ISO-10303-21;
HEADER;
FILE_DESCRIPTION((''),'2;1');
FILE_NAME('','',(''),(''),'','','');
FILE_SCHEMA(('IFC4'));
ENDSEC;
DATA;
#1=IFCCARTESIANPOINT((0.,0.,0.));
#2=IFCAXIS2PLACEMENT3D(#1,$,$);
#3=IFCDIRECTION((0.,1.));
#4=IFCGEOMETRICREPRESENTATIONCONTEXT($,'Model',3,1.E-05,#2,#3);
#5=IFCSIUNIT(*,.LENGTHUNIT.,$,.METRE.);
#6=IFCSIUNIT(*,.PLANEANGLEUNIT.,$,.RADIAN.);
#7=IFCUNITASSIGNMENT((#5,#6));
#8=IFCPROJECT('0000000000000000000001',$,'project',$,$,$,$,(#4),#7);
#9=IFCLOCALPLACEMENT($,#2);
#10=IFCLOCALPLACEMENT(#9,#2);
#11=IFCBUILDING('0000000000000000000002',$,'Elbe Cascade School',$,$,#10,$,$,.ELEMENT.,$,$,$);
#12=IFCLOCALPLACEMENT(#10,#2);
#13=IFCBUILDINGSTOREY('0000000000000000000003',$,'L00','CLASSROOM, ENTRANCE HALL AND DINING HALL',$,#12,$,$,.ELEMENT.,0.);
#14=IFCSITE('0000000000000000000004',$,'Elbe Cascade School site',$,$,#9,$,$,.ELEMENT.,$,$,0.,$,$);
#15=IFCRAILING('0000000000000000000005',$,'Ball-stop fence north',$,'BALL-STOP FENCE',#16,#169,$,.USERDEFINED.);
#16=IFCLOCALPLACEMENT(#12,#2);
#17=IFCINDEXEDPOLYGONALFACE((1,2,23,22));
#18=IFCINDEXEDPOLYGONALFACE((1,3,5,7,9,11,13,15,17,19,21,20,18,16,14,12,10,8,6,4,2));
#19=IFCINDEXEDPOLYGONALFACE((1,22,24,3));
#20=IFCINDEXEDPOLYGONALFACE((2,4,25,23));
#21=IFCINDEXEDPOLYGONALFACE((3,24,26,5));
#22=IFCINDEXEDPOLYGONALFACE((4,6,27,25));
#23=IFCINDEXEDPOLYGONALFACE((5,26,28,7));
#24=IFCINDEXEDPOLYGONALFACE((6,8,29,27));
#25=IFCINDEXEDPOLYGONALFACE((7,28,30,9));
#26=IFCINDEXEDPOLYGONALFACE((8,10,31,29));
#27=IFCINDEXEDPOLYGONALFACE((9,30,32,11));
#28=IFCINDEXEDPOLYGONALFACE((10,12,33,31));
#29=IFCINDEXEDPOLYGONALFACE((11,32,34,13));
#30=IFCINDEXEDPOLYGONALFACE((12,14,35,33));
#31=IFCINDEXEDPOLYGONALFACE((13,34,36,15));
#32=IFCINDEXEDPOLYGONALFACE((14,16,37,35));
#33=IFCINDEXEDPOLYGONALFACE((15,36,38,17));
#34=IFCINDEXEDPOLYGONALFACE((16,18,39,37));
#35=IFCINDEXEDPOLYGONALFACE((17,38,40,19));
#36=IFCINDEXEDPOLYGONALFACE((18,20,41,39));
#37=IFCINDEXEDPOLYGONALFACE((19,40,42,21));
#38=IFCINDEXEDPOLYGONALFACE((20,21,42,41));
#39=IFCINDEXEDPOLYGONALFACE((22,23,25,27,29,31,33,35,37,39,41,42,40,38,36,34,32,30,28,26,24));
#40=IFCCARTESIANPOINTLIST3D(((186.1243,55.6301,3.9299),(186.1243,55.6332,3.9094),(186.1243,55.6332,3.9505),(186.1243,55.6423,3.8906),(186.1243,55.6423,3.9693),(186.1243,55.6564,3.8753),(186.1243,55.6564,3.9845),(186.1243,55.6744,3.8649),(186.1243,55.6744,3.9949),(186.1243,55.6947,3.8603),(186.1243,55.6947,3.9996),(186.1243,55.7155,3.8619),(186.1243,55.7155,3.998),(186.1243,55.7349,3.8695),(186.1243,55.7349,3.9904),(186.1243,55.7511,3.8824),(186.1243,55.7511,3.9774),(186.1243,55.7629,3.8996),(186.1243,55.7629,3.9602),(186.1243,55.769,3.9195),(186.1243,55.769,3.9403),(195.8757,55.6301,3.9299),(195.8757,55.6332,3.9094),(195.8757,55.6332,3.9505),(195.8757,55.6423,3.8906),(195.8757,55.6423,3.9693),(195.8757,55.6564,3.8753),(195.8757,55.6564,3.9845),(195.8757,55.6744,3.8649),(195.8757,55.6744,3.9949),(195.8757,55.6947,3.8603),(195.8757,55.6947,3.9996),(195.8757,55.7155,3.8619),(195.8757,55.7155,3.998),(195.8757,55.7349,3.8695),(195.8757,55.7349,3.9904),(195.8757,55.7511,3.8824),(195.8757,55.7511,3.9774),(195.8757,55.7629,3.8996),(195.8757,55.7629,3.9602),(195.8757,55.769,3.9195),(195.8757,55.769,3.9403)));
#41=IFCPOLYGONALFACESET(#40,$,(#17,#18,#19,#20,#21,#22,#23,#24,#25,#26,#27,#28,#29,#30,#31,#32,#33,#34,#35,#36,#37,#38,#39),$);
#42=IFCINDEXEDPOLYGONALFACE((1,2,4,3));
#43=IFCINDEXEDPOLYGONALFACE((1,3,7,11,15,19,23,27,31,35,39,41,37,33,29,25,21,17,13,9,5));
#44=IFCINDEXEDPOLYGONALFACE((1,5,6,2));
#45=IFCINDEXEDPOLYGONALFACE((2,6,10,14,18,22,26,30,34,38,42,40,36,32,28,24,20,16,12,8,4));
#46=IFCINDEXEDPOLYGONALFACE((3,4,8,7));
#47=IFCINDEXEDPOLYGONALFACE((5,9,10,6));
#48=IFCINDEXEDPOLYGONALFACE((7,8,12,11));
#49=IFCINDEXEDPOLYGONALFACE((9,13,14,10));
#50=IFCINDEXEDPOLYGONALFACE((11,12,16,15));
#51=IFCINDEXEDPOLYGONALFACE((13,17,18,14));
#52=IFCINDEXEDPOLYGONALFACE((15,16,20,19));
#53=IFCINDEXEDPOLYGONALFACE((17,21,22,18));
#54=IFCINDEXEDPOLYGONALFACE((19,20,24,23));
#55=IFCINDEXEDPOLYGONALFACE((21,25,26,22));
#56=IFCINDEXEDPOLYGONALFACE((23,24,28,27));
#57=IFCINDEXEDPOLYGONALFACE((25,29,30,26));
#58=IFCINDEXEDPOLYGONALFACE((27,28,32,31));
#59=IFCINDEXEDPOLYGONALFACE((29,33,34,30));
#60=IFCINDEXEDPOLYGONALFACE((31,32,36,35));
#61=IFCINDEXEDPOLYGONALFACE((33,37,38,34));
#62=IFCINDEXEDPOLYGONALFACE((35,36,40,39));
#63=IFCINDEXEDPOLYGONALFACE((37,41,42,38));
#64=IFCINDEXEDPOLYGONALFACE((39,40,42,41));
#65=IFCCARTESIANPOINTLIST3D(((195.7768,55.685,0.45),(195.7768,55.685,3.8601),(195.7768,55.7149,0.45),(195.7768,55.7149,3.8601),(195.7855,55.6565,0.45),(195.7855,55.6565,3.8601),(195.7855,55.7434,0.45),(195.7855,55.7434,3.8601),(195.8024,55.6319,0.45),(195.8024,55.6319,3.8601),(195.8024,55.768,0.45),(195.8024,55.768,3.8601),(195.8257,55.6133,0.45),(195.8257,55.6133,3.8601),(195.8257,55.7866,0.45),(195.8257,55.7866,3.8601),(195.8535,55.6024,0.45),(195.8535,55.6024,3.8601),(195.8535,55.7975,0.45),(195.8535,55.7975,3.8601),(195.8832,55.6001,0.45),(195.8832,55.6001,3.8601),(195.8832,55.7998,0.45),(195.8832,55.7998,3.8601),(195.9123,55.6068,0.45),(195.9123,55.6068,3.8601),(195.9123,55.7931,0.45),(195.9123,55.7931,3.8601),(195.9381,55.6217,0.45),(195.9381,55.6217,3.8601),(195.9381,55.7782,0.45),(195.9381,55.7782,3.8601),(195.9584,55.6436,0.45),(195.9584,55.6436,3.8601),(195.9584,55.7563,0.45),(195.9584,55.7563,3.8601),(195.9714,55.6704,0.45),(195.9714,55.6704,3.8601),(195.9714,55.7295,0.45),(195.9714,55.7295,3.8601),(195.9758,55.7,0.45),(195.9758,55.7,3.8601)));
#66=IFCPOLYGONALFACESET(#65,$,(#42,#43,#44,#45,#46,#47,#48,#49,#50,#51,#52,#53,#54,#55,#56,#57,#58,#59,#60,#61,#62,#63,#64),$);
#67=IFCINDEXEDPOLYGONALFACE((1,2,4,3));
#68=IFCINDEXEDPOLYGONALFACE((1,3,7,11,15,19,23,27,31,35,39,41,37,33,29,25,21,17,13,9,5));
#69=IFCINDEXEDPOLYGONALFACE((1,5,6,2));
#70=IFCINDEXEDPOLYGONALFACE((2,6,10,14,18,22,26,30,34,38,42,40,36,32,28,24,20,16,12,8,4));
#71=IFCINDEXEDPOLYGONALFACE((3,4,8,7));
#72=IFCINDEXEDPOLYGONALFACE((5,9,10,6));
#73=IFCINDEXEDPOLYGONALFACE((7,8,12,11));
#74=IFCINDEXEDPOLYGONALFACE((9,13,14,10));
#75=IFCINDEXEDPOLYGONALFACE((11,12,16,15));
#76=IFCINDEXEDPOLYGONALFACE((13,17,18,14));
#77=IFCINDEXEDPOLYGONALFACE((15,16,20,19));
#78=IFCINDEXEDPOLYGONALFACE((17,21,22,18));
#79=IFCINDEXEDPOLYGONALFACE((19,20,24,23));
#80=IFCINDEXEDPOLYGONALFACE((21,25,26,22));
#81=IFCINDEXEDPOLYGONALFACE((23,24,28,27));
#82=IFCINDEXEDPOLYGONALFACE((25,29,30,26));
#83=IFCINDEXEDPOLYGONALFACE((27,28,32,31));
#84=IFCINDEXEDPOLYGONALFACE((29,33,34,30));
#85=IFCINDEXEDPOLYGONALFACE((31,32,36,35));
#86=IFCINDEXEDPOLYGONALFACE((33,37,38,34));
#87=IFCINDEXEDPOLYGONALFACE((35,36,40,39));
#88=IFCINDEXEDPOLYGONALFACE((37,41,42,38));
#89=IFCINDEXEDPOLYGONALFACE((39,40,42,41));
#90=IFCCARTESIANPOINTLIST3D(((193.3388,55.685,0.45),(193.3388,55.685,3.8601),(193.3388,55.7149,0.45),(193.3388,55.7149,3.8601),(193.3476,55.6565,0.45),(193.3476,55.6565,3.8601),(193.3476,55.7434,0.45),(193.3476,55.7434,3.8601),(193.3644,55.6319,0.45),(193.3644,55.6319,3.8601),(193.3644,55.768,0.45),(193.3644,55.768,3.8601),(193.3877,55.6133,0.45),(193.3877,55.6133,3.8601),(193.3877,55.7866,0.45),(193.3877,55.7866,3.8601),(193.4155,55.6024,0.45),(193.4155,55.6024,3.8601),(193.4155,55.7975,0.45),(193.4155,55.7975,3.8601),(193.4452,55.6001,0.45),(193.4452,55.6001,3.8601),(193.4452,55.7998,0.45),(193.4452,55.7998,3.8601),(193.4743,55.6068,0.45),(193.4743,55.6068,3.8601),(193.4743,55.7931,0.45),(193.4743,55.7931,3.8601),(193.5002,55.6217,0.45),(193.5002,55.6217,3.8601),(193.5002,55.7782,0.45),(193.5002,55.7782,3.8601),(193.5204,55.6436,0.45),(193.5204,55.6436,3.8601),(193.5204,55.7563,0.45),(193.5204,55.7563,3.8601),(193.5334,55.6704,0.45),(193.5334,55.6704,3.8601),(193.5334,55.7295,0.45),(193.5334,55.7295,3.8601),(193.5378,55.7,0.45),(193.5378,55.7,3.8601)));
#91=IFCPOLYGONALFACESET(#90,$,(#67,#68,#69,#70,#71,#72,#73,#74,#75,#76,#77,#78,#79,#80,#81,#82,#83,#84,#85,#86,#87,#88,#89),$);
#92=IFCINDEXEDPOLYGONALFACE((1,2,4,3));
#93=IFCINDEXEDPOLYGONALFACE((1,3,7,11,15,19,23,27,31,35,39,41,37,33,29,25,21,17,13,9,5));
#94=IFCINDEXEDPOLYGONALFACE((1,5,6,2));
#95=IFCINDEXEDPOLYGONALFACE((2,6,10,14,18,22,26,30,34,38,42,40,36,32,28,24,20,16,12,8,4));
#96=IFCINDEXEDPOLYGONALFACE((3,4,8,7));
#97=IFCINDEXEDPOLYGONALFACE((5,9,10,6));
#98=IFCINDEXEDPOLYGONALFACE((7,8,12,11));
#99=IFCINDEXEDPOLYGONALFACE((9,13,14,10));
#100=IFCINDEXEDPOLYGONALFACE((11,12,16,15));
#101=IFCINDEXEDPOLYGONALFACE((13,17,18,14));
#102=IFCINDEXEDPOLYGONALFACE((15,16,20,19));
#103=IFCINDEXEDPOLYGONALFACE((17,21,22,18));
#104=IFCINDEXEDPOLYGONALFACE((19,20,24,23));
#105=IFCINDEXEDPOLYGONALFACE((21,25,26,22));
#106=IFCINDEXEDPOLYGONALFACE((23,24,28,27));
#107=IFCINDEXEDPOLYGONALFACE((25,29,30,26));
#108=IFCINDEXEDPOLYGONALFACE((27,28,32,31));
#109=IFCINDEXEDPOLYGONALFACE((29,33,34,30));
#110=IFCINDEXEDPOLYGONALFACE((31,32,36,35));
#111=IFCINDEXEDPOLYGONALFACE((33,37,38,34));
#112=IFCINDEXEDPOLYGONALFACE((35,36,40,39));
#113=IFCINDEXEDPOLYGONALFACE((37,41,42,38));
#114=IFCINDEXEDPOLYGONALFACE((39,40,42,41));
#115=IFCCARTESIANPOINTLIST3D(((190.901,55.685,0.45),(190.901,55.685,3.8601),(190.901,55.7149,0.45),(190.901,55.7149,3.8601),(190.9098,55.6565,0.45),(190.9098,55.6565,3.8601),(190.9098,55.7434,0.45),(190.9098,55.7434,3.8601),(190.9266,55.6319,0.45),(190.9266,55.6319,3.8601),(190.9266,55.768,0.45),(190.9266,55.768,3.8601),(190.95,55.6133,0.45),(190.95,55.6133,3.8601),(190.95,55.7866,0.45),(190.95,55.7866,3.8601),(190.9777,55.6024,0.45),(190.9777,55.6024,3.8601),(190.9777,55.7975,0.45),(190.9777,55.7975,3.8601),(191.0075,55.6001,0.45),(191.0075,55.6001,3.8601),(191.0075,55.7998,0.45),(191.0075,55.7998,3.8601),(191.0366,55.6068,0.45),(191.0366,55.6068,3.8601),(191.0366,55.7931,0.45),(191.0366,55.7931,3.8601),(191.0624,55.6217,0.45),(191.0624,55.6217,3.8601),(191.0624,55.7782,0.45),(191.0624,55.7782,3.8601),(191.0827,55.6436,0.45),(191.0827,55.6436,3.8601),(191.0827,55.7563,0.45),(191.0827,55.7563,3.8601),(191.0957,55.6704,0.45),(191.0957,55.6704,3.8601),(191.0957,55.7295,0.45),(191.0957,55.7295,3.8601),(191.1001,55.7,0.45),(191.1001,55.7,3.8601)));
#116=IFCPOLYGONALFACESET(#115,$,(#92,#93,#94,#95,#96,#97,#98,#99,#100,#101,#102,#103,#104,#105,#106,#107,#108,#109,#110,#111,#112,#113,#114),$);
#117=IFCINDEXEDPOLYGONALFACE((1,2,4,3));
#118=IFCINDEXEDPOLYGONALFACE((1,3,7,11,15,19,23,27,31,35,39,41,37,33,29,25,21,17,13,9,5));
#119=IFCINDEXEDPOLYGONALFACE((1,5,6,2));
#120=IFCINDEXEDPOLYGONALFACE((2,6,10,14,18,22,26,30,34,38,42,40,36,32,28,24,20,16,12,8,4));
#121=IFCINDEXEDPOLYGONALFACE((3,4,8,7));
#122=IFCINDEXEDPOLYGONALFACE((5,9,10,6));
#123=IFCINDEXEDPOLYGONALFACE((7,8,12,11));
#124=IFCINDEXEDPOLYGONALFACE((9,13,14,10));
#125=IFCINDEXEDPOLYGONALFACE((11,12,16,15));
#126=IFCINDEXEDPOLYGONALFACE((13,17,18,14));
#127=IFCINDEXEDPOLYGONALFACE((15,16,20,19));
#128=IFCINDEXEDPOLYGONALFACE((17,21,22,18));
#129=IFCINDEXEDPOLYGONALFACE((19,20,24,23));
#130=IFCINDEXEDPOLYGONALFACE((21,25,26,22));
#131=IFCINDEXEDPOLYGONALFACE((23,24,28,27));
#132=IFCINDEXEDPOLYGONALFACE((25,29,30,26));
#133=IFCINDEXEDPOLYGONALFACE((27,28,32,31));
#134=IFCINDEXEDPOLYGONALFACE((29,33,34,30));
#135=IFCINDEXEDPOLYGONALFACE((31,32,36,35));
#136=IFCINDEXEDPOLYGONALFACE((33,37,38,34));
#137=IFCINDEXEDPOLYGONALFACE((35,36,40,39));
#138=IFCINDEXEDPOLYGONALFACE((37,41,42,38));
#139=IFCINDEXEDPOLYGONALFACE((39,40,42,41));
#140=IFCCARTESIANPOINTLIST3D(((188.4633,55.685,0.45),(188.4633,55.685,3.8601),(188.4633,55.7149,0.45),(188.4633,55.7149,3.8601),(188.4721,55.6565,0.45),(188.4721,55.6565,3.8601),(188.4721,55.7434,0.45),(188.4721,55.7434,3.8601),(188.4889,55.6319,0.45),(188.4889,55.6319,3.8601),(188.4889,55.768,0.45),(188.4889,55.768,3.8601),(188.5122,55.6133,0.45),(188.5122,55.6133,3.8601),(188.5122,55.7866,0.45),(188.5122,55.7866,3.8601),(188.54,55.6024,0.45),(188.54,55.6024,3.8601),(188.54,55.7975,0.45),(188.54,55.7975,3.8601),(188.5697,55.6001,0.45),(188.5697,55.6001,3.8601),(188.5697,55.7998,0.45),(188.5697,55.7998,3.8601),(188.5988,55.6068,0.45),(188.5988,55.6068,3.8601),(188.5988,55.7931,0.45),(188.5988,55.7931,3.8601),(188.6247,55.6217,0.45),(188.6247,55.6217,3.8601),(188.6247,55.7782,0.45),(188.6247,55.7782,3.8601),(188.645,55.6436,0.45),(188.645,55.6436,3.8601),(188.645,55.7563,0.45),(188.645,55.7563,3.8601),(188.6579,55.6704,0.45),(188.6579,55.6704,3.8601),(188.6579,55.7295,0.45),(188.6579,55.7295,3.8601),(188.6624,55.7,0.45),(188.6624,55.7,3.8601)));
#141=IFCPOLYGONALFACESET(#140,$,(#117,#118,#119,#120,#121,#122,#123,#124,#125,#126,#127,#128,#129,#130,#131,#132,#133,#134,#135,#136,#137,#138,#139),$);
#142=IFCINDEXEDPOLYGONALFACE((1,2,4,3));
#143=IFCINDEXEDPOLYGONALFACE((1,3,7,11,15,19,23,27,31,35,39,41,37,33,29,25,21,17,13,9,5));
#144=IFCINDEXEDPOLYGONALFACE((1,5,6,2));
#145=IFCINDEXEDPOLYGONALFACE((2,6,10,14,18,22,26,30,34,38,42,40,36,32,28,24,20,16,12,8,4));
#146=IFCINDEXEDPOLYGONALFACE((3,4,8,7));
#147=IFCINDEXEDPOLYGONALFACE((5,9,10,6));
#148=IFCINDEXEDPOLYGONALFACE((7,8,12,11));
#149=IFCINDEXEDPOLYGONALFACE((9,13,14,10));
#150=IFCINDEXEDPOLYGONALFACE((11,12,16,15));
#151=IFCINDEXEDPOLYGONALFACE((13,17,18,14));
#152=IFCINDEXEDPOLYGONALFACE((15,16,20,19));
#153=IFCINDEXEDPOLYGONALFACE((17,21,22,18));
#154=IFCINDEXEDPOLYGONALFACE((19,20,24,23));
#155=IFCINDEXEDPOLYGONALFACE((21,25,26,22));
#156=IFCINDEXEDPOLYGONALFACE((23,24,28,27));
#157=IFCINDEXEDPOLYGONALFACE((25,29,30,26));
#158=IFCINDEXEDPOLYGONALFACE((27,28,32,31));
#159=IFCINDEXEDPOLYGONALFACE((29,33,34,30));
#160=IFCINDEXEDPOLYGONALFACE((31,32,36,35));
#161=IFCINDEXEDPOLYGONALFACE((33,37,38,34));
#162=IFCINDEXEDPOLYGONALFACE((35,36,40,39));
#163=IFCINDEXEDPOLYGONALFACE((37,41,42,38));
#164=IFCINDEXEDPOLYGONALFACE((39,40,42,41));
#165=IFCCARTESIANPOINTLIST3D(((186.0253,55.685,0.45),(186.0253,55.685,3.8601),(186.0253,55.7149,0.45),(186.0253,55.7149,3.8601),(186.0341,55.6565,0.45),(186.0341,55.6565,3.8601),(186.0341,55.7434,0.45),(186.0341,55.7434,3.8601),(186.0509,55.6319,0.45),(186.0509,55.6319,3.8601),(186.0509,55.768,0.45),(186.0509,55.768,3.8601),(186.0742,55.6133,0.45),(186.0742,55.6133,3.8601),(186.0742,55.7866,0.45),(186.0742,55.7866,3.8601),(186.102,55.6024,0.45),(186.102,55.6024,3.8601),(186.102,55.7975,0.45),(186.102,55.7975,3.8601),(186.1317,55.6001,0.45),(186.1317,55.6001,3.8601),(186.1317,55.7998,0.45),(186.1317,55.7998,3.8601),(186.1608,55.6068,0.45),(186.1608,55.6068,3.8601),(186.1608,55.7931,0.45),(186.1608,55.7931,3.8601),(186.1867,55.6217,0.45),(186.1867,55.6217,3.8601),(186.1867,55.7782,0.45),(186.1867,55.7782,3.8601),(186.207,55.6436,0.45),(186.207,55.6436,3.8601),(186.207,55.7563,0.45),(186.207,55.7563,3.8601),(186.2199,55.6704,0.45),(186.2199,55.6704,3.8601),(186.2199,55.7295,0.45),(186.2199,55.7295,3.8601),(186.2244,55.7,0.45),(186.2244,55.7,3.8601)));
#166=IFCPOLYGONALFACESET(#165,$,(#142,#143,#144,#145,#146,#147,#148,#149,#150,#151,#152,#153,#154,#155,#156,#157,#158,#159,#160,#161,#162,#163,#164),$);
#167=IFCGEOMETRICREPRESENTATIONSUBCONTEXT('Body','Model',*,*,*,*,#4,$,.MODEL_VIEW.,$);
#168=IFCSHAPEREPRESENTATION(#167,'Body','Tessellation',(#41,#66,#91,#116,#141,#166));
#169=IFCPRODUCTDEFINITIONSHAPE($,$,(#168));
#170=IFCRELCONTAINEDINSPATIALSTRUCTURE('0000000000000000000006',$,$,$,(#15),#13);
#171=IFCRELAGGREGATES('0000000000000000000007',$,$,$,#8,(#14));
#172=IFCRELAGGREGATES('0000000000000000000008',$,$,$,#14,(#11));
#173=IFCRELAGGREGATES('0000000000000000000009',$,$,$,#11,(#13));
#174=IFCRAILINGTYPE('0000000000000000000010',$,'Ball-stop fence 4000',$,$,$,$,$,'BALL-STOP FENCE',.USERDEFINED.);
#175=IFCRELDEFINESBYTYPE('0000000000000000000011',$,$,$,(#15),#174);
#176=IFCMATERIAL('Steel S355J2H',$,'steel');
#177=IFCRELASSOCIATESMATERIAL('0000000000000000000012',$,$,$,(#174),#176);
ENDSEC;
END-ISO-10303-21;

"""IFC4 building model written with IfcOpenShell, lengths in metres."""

from ifc_helpers import new_model, si_unit, direction, frame, origin, origin_2d, place, context, subcontext, project, spatial, circle, extrude, material, type_object, element, save


model = new_model("IFC4")

# Units and contexts
model_context = context("Model", 3, precision=1e-05, world=origin(), true_north=direction((0.0, 1.0)))
body_context = subcontext(model_context, "Body", "Model", "MODEL_VIEW")
ifc_project = project(units=[si_unit("LENGTHUNIT", "METRE"), si_unit("PLANEANGLEUNIT", "RADIAN")], contexts=[model_context])

# Site, building, storey
site_placement = place(None, origin())
site = spatial("IfcSite", under=ifc_project, at=site_placement, Name="Elbe Cascade School site", CompositionType="ELEMENT", RefElevation=0.0)
building_placement = place(site_placement, origin())
building = spatial("IfcBuilding", under=site, at=building_placement, Name="Elbe Cascade School", CompositionType="ELEMENT")
storey_placement = place(building_placement, origin())
storey = spatial("IfcBuildingStorey", under=building, at=storey_placement, Name="L00", Description="CLASSROOM, ENTRANCE HALL AND DINING HALL", CompositionType="ELEMENT", Elevation=0.0)

# Railing
ifc_material_1 = material(Name="Steel S355J2H", Category="steel")
railing_type = type_object("IfcRailingType", Name="Ball-stop fence 4000", ElementType="BALL-STOP FENCE", PredefinedType="USERDEFINED", material=ifc_material_1)
railing_1_placement = place(storey_placement, frame((195.8757, 55.7, 0.45)))
element("IfcRailing", 1, at=railing_1_placement, inside=storey, type_object=railing_type, Name="Ball-stop fence north", ObjectType="BALL-STOP FENCE", PredefinedType="USERDEFINED", context=body_context, shape_type="SweptSolid", body=[
    extrude(circle(Radius=0.0698, at=origin_2d()), frame((0.0, 0.0, 3.48), z_axis=(-1.0, 0.0, 0.0), x_axis=(0.0, -1.0, 0.0)), (0.0, 0.0, 1.0), 9.7515),
    extrude(circle(Radius=0.1001, at=origin_2d()), origin(), (0.0, 0.0, 1.0), 3.4102),
    extrude(circle(Radius=0.1001, at=origin_2d()), frame((-2.438, 0.0, 0.0)), (0.0, 0.0, 1.0), 3.4102),
    extrude(circle(Radius=0.1001, at=origin_2d()), frame((-4.8757, 0.0, 0.0)), (0.0, 0.0, 1.0), 3.4102),
    extrude(circle(Radius=0.1001, at=origin_2d()), frame((-7.3135, 0.0, 0.0)), (0.0, 0.0, 1.0), 3.4102),
    extrude(circle(Radius=0.1001, at=origin_2d()), frame((-9.7515, 0.0, 0.0)), (0.0, 0.0, 1.0), 3.4102),
])

save(model, "model.ifc")
